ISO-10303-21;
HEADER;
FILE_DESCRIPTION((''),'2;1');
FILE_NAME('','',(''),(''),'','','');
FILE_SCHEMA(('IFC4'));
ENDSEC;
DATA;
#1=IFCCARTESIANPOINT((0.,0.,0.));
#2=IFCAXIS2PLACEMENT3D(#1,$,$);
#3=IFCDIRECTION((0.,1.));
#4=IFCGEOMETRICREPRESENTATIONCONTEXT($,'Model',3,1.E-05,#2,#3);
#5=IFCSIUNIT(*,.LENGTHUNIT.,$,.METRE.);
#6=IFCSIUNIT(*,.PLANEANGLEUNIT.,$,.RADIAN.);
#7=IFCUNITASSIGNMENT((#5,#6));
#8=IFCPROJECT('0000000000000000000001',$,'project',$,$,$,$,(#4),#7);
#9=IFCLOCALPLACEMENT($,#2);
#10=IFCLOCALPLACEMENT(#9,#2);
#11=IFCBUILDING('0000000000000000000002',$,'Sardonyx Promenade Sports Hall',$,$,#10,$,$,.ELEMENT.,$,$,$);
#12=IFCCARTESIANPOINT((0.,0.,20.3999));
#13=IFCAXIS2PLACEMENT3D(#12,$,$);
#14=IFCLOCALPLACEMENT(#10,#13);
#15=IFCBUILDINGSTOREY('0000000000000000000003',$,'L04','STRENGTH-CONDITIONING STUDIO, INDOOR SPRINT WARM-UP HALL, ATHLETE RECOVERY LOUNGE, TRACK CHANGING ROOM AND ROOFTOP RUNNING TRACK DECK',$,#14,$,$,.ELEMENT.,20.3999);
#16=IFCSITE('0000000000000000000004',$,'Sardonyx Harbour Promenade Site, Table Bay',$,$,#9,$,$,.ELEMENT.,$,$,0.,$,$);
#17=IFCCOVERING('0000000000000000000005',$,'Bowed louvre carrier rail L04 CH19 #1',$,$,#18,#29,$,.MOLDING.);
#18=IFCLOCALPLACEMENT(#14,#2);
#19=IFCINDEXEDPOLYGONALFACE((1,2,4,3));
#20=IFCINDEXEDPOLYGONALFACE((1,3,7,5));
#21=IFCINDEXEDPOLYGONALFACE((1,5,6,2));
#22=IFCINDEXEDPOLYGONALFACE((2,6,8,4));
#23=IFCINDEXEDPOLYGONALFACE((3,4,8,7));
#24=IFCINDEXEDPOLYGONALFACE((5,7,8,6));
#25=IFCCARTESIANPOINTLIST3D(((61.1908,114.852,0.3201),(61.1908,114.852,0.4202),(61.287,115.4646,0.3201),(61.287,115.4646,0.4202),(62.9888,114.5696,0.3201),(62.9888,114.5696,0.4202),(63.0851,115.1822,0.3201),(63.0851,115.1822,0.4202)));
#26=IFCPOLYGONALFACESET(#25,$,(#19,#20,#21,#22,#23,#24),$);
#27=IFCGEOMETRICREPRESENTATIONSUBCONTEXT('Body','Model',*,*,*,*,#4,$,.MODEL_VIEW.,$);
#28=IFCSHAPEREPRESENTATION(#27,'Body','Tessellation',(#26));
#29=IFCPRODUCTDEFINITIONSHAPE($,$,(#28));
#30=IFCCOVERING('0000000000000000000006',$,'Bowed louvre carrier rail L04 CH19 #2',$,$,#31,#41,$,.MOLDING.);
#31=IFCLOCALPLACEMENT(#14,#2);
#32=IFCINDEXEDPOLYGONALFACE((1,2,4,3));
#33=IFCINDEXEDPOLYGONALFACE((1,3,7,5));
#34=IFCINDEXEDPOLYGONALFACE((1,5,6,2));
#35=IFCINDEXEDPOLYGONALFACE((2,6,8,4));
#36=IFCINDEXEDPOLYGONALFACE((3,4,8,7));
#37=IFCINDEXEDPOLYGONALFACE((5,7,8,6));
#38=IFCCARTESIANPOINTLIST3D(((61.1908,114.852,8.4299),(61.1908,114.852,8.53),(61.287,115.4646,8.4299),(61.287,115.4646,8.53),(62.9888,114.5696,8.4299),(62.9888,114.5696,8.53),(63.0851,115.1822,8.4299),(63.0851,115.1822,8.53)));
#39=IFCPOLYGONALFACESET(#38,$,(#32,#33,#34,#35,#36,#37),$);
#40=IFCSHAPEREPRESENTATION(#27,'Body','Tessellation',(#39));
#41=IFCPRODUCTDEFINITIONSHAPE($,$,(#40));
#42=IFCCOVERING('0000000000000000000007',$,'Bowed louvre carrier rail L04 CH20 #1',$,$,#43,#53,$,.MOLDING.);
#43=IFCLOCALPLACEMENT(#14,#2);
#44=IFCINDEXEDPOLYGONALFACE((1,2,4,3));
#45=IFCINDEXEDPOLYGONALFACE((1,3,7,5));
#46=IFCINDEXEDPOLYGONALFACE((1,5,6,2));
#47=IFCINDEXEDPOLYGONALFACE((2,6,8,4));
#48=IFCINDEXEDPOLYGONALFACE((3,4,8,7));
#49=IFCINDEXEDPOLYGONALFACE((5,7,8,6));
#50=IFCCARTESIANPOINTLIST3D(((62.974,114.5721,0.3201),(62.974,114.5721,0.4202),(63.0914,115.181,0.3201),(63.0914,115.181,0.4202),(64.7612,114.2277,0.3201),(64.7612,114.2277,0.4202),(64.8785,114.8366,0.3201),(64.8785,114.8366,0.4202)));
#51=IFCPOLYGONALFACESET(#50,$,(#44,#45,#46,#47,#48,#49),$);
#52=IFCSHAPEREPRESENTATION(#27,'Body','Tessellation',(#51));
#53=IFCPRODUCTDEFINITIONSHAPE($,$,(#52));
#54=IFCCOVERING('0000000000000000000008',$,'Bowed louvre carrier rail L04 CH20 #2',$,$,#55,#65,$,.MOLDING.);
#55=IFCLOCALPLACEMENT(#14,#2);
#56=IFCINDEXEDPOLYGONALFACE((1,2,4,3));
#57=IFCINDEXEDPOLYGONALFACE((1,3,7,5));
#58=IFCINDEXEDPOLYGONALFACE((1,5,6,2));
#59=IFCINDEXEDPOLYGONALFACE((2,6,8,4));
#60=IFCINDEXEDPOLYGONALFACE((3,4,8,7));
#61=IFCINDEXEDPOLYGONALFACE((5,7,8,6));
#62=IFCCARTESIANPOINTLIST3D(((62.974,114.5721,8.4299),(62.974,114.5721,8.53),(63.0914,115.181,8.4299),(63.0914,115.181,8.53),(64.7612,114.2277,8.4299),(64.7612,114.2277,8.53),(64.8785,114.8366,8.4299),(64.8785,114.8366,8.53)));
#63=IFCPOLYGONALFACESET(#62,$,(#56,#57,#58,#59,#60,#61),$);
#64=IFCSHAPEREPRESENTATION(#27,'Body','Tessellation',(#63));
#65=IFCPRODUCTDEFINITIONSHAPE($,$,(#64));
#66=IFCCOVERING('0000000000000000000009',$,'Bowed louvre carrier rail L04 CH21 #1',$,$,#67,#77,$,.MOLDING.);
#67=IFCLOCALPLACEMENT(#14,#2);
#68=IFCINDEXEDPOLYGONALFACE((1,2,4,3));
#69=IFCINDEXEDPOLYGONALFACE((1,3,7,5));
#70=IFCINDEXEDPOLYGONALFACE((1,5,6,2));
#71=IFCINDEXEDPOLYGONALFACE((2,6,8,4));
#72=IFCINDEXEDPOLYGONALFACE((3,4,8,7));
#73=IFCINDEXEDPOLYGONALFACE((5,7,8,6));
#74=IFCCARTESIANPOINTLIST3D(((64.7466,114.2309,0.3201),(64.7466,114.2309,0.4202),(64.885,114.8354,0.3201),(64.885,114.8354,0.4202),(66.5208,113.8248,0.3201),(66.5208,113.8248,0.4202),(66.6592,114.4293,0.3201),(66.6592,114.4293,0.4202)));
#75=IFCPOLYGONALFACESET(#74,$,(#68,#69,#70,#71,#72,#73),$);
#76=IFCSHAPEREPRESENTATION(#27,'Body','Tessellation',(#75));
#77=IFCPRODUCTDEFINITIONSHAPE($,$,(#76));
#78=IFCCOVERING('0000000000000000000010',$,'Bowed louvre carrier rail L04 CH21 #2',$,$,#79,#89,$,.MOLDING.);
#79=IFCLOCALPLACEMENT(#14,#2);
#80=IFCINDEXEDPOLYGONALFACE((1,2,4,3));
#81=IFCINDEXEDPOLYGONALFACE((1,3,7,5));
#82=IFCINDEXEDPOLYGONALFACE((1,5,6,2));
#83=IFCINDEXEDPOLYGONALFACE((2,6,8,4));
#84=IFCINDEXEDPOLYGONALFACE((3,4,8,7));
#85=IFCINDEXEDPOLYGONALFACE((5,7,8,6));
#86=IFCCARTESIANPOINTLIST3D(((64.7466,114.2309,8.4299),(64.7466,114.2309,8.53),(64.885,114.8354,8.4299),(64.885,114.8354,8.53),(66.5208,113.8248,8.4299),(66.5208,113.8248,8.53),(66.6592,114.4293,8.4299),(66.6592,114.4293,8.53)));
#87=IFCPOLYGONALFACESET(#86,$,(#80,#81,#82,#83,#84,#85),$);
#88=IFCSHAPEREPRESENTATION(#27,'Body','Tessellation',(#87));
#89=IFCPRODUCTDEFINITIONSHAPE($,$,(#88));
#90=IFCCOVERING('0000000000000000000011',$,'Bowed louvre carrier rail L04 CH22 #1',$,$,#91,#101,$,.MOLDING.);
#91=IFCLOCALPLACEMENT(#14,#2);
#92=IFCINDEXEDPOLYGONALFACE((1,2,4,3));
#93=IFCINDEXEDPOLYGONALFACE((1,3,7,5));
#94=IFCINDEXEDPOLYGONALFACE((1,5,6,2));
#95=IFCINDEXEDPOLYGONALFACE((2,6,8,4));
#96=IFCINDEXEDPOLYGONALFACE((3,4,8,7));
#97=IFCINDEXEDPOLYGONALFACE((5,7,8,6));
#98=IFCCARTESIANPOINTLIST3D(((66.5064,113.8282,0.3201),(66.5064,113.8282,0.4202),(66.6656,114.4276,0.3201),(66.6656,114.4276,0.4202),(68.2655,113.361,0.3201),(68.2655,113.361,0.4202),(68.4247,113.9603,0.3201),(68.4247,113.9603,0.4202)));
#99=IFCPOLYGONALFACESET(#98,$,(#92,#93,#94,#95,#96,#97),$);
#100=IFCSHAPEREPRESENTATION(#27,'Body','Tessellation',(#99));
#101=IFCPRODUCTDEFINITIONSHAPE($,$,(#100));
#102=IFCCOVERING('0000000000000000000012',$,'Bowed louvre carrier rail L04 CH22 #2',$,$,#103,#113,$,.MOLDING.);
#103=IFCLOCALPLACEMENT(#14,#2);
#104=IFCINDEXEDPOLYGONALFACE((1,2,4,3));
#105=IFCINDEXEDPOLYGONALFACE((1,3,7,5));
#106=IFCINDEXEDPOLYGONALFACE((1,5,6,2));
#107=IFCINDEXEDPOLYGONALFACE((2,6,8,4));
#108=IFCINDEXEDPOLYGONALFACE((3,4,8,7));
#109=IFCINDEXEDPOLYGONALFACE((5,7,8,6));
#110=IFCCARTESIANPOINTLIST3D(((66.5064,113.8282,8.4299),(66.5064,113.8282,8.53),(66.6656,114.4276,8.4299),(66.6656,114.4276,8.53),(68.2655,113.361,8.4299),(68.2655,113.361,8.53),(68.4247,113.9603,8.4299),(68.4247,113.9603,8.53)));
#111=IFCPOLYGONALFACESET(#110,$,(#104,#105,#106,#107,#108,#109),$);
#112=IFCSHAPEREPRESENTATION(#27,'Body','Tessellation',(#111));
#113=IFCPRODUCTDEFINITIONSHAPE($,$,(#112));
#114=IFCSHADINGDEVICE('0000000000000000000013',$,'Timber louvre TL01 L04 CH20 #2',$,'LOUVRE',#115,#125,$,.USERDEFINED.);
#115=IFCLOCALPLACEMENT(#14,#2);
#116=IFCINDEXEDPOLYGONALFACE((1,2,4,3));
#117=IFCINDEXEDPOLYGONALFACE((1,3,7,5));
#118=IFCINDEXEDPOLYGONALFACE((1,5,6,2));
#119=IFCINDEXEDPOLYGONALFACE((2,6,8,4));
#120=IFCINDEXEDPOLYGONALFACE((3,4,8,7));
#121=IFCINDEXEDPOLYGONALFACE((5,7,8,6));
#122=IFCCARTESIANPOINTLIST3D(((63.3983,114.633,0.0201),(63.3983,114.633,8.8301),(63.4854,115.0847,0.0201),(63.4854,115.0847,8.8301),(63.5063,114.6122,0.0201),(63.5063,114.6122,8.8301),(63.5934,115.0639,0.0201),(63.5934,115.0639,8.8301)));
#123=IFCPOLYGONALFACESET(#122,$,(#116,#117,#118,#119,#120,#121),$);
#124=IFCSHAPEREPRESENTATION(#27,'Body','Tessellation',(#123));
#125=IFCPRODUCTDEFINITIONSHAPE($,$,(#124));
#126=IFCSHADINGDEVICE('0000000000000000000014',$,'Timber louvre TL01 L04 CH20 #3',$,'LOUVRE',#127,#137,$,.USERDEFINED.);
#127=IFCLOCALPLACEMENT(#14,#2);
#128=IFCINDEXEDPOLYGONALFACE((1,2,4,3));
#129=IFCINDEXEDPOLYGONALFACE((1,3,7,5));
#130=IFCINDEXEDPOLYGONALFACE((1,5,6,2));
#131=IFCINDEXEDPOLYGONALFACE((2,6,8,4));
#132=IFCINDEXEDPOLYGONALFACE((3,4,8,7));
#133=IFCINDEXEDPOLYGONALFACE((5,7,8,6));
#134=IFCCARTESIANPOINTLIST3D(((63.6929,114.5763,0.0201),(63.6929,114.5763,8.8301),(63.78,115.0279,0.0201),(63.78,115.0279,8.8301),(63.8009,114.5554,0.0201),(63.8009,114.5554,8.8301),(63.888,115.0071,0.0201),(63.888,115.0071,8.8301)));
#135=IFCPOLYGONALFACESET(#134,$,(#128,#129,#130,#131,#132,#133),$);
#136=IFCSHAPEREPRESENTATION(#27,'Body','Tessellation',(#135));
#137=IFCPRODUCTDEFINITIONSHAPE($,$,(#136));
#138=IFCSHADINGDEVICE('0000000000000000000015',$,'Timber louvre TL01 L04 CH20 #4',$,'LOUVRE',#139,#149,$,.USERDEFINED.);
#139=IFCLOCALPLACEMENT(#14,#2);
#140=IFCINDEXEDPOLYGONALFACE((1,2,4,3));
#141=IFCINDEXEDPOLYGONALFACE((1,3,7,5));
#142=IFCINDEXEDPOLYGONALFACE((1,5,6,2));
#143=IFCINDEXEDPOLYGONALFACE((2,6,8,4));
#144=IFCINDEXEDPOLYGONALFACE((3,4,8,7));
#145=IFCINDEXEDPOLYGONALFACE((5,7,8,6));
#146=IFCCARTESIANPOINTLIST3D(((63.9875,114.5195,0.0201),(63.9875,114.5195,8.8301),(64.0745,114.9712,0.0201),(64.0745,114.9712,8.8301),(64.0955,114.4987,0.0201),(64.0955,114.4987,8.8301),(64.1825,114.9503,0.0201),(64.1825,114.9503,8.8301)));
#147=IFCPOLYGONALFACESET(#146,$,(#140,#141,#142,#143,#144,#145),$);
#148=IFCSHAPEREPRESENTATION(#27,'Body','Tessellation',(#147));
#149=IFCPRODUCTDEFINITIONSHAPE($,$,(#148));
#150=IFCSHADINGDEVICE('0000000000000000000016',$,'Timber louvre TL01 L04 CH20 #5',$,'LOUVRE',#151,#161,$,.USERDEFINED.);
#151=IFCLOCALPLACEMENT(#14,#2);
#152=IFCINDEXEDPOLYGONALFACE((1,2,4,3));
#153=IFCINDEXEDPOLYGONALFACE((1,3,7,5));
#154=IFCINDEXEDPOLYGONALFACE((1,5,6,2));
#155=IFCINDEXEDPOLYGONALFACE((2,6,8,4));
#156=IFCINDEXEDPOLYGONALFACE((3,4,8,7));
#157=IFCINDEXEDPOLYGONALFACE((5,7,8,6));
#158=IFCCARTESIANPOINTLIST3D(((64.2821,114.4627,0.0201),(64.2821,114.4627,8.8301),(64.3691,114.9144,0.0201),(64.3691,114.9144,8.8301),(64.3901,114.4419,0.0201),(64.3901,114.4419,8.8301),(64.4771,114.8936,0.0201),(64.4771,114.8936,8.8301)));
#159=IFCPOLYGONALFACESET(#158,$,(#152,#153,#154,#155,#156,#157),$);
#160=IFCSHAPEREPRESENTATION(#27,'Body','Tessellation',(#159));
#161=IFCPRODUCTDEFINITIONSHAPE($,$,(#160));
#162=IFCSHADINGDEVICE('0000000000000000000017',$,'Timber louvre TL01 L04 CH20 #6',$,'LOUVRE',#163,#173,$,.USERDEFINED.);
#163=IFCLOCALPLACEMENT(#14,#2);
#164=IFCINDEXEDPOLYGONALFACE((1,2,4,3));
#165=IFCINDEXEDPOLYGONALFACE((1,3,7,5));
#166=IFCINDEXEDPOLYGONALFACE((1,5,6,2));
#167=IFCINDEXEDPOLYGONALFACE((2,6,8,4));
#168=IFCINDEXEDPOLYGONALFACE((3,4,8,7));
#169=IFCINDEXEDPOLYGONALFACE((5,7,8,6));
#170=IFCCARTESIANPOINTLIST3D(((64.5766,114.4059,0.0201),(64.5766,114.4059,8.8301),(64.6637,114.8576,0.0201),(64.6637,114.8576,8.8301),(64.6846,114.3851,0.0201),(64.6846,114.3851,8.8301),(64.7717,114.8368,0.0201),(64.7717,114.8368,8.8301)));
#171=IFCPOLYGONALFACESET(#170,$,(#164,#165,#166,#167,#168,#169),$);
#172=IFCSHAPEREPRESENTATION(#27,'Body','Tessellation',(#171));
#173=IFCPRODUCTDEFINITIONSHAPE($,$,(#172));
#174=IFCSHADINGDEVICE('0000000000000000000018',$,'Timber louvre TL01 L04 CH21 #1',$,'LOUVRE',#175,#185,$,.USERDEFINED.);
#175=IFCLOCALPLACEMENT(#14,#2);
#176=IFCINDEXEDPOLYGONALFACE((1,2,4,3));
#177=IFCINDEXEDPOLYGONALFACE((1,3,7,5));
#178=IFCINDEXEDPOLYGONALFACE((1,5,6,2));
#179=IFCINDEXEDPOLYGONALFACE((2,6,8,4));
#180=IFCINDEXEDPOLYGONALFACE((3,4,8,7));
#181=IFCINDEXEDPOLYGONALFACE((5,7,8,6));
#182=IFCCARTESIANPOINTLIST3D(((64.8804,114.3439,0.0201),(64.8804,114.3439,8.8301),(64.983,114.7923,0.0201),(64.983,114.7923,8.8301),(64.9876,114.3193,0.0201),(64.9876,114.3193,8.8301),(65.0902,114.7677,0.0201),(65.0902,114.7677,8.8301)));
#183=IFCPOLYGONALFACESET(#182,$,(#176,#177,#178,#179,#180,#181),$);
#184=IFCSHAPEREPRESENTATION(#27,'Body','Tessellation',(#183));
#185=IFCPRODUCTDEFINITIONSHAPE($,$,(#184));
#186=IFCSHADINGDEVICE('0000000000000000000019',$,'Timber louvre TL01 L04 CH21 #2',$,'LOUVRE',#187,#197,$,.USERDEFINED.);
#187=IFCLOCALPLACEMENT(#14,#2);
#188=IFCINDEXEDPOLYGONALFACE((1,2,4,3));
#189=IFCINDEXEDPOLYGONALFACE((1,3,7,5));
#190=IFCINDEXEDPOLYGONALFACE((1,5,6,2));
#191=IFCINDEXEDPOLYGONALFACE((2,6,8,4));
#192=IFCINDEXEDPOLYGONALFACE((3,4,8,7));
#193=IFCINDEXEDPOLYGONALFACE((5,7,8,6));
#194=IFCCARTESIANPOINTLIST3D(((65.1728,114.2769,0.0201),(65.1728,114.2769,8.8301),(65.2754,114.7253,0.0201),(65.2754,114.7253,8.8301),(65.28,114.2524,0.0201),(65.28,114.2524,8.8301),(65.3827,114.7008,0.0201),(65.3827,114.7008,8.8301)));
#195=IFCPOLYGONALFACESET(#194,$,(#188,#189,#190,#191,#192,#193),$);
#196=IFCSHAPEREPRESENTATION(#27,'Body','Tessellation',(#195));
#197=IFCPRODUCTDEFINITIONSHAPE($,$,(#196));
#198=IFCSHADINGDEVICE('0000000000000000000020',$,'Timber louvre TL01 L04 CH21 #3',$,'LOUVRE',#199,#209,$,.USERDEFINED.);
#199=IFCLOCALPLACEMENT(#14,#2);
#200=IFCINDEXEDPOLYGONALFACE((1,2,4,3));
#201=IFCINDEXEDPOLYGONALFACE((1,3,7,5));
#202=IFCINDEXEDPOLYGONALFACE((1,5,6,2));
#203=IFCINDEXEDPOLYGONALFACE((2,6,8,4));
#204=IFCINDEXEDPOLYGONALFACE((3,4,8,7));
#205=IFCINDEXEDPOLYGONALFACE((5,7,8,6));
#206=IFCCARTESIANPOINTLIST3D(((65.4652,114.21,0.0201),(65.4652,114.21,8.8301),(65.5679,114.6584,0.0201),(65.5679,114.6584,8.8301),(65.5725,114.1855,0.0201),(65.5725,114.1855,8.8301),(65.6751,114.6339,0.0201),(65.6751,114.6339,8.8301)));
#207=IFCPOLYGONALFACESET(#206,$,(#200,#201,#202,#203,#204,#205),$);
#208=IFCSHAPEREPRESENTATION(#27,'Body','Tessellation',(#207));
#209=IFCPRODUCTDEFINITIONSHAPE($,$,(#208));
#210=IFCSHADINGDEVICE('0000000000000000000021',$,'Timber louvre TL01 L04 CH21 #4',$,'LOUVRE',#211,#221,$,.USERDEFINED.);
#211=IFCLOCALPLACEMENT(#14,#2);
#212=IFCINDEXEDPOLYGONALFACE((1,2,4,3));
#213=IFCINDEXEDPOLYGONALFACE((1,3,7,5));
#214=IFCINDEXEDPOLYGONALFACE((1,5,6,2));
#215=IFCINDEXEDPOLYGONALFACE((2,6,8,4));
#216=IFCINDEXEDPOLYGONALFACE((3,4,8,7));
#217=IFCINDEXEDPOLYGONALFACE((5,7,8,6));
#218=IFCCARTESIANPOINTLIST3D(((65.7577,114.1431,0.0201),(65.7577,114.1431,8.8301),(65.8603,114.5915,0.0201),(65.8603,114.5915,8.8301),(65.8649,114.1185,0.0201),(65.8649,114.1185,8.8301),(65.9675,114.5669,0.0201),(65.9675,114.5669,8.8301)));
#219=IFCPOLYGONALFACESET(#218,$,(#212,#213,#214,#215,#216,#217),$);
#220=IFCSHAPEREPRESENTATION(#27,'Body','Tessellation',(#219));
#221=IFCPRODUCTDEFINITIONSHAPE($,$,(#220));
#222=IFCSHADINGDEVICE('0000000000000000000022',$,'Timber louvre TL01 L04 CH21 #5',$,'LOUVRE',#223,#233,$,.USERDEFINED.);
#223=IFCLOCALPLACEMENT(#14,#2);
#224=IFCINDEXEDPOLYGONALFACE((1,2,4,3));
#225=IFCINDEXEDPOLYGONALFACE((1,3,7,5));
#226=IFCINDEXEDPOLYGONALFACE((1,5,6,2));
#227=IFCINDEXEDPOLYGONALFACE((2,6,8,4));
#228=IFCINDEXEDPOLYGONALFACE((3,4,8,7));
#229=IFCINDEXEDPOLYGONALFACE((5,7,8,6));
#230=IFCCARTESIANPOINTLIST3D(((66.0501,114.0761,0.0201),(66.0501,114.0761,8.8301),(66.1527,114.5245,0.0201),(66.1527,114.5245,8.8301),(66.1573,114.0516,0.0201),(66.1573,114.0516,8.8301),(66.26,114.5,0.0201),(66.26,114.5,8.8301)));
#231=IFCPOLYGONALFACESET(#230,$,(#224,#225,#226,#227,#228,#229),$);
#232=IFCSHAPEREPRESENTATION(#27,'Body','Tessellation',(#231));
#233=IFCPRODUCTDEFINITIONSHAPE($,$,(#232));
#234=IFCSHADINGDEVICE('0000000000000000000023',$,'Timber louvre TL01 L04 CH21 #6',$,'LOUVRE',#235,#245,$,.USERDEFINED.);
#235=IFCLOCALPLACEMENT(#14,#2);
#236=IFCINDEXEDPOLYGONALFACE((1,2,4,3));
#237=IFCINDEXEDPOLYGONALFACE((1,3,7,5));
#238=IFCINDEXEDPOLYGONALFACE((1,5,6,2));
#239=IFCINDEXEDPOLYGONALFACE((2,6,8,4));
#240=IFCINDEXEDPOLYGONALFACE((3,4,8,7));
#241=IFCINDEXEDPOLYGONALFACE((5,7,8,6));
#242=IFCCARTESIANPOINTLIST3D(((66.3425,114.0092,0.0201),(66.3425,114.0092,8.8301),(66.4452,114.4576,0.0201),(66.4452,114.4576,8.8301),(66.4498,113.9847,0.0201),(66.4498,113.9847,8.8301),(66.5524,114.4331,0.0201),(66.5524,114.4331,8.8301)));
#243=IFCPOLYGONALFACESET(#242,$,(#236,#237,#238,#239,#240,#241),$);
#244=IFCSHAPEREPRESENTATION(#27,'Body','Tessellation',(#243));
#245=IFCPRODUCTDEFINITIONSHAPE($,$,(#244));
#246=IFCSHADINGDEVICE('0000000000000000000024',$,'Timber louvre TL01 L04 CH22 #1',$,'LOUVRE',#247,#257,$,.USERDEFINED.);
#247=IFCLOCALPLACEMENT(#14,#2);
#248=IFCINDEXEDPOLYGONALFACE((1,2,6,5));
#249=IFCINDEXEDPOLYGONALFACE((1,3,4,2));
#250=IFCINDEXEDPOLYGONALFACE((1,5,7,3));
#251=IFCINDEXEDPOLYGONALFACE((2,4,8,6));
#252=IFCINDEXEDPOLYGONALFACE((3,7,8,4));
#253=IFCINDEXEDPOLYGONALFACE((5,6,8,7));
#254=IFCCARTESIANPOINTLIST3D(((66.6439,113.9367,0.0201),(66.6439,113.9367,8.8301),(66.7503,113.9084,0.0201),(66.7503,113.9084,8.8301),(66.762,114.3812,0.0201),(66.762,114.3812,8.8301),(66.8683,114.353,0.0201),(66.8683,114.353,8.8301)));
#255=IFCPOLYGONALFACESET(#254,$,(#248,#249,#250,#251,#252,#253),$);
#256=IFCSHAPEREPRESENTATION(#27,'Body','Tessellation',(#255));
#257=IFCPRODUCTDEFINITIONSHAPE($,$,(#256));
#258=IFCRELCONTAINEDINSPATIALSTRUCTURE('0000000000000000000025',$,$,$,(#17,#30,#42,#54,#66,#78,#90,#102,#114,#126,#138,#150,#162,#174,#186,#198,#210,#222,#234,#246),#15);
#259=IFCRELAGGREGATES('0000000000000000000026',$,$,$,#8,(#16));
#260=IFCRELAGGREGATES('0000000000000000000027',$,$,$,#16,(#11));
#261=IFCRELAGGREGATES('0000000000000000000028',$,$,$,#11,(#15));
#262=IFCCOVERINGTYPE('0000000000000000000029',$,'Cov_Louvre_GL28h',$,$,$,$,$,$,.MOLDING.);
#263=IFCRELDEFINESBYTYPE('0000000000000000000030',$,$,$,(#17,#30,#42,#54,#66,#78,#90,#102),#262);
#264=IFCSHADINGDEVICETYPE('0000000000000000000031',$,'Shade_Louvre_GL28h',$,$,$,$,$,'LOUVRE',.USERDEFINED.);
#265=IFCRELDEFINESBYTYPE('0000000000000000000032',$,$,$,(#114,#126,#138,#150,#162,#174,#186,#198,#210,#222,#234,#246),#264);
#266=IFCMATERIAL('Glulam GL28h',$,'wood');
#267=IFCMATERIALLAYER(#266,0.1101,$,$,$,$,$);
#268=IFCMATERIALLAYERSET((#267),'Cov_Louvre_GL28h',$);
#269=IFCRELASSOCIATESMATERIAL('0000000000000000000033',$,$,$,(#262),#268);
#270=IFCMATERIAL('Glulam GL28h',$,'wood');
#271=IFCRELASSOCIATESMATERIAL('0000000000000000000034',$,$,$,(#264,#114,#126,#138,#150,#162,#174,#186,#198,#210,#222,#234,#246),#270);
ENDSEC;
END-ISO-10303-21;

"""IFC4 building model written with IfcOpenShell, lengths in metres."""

from ifc_helpers import new_model, si_unit, direction, frame, origin, origin_2d, place, context, subcontext, project, spatial, rectangle, extrude, material, layer, layer_set, type_object, element, save


model = new_model("IFC4")

# Units and contexts
model_context = context("Model", 3, precision=1e-05, world=origin(), true_north=direction((0.0, 1.0)))
body_context = subcontext(model_context, "Body", "Model", "MODEL_VIEW")
ifc_project = project(units=[si_unit("LENGTHUNIT", "METRE"), si_unit("PLANEANGLEUNIT", "RADIAN")], contexts=[model_context])

# Site, building, storey
site_placement = place(None, origin())
site = spatial("IfcSite", under=ifc_project, at=site_placement, Name="Sardonyx Harbour Promenade Site, Table Bay", CompositionType="ELEMENT", RefElevation=0.0)
building_placement = place(site_placement, origin())
building = spatial("IfcBuilding", under=site, at=building_placement, Name="Sardonyx Promenade Sports Hall", CompositionType="ELEMENT")
storey_placement = place(building_placement, frame((0.0, 0.0, 20.3999)))
storey = spatial("IfcBuildingStorey", under=building, at=storey_placement, Name="L04", Description="STRENGTH-CONDITIONING STUDIO, INDOOR SPRINT WARM-UP HALL, ATHLETE RECOVERY LOUNGE, TRACK CHANGING ROOM AND ROOFTOP RUNNING TRACK DECK", CompositionType="ELEMENT", Elevation=20.3999)

# Coverings
ifc_material_1 = material(Name="Glulam GL28h", Category="wood")
ifc_layer = layer(ifc_material_1, 0.1101)
ifc_layer_set = layer_set([ifc_layer], Name="Cov_Louvre_GL28h")
covering_type = type_object("IfcCoveringType", Name="Cov_Louvre_GL28h", PredefinedType="MOLDING", material=ifc_layer_set)
for number, where, z_axis, x_axis, name in (
    (1, (62.1379, 115.0171, 0.3201), (0.0, 0.0, 1.0), (0.987891, -0.155148, 0.0), "Bowed louvre carrier rail L04 CH19 #1"),
    (2, (62.1379, 115.0171, 8.4299), (0.0, 0.0, 1.0), (0.987891, -0.155148, 0.0), "Bowed louvre carrier rail L04 CH19 #2"),
    (3, (63.9263, 114.7043, 0.3201), (0.0, 0.0, 1.0), (0.98193, -0.189246, 0.0), "Bowed louvre carrier rail L04 CH20 #1"),
    (4, (63.9263, 114.7043, 8.4299), (0.0, 0.0, 1.0), (0.98193, -0.189246, 0.0), "Bowed louvre carrier rail L04 CH20 #2"),
    (5, (65.7029, 114.3301, 0.3201), (0.0, 0.0, 1.0), (0.974792, -0.223117, 0.0), "Bowed louvre carrier rail L04 CH21 #1"),
    (6, (65.7029, 114.3301, 8.4299), (0.0, 0.0, 1.0), (0.974792, -0.223117, 0.0), "Bowed louvre carrier rail L04 CH21 #2"),
    (7, (67.4656, 113.8943, 0.3201), (0.0, 0.0, 1.0), (0.966485, -0.256721, 0.0), "Bowed louvre carrier rail L04 CH22 #1"),
    (8, (67.4656, 113.8943, 8.4299), (0.0, 0.0, 1.0), (0.966485, -0.256721, 0.0), "Bowed louvre carrier rail L04 CH22 #2"),
):
    element("IfcCovering", number, at=place(storey_placement, frame(where, z_axis=z_axis, x_axis=x_axis)), inside=storey, type_object=covering_type, Name=name, PredefinedType="MOLDING", context=body_context, shape_type="SweptSolid", body=[
        extrude(rectangle(XDim=1.8201, YDim=0.6201, at=origin_2d()), origin(), (0.0, 0.0, 1.0), 0.1001),
    ])

# Shading devices
ifc_material_2 = material(Name="Glulam GL28h", Category="wood")
shading_device_type = type_object("IfcShadingDeviceType", Name="Shade_Louvre_GL28h", ElementType="LOUVRE", PredefinedType="USERDEFINED", material=ifc_material_2)
for number, where, z_axis, x_axis, name in (
    (9, (63.4959, 114.8485, 0.0201), (0.0, 0.0, 1.0), (0.98193, -0.189246, 0.0), "Timber louvre TL01 L04 CH20 #2"),
    (10, (63.7904, 114.7917, 0.0201), (0.0, 0.0, 1.0), (0.98193, -0.189246, 0.0), "Timber louvre TL01 L04 CH20 #3"),
    (11, (64.085, 114.7349, 0.0201), (0.0, 0.0, 1.0), (0.98193, -0.189246, 0.0), "Timber louvre TL01 L04 CH20 #4"),
    (12, (64.3796, 114.6781, 0.0201), (0.0, 0.0, 1.0), (0.98193, -0.189246, 0.0), "Timber louvre TL01 L04 CH20 #5"),
    (13, (64.6742, 114.6214, 0.0201), (0.0, 0.0, 1.0), (0.98193, -0.189246, 0.0), "Timber louvre TL01 L04 CH20 #6"),
    (14, (64.9853, 114.5558, 0.0201), (0.0, 0.0, 1.0), (0.974792, -0.223117, 0.0), "Timber louvre TL01 L04 CH21 #1"),
    (15, (65.2777, 114.4889, 0.0201), (0.0, 0.0, 1.0), (0.974792, -0.223117, 0.0), "Timber louvre TL01 L04 CH21 #2"),
    (16, (65.5702, 114.4219, 0.0201), (0.0, 0.0, 1.0), (0.974792, -0.223117, 0.0), "Timber louvre TL01 L04 CH21 #3"),
    (17, (65.8626, 114.355, 0.0201), (0.0, 0.0, 1.0), (0.974792, -0.223117, 0.0), "Timber louvre TL01 L04 CH21 #4"),
    (18, (66.155, 114.2881, 0.0201), (0.0, 0.0, 1.0), (0.974792, -0.223117, 0.0), "Timber louvre TL01 L04 CH21 #5"),
    (19, (66.4475, 114.2211, 0.0201), (0.0, 0.0, 1.0), (0.974792, -0.223117, 0.0), "Timber louvre TL01 L04 CH21 #6"),
    (20, (66.7561, 114.1448, 0.0201), (0.0, 0.0, 1.0), (0.966485, -0.256721, 0.0), "Timber louvre TL01 L04 CH22 #1"),
):
    element("IfcShadingDevice", number, at=place(storey_placement, frame(where, z_axis=z_axis, x_axis=x_axis)), inside=storey, type_object=shading_device_type, material=ifc_material_2, Name=name, ObjectType="LOUVRE", PredefinedType="USERDEFINED", context=body_context, shape_type="SweptSolid", body=[
        extrude(rectangle(XDim=0.11, YDim=0.46), origin(), (0.0, 0.0, 1.0), 8.81),
    ])

save(model, "model.ifc")
